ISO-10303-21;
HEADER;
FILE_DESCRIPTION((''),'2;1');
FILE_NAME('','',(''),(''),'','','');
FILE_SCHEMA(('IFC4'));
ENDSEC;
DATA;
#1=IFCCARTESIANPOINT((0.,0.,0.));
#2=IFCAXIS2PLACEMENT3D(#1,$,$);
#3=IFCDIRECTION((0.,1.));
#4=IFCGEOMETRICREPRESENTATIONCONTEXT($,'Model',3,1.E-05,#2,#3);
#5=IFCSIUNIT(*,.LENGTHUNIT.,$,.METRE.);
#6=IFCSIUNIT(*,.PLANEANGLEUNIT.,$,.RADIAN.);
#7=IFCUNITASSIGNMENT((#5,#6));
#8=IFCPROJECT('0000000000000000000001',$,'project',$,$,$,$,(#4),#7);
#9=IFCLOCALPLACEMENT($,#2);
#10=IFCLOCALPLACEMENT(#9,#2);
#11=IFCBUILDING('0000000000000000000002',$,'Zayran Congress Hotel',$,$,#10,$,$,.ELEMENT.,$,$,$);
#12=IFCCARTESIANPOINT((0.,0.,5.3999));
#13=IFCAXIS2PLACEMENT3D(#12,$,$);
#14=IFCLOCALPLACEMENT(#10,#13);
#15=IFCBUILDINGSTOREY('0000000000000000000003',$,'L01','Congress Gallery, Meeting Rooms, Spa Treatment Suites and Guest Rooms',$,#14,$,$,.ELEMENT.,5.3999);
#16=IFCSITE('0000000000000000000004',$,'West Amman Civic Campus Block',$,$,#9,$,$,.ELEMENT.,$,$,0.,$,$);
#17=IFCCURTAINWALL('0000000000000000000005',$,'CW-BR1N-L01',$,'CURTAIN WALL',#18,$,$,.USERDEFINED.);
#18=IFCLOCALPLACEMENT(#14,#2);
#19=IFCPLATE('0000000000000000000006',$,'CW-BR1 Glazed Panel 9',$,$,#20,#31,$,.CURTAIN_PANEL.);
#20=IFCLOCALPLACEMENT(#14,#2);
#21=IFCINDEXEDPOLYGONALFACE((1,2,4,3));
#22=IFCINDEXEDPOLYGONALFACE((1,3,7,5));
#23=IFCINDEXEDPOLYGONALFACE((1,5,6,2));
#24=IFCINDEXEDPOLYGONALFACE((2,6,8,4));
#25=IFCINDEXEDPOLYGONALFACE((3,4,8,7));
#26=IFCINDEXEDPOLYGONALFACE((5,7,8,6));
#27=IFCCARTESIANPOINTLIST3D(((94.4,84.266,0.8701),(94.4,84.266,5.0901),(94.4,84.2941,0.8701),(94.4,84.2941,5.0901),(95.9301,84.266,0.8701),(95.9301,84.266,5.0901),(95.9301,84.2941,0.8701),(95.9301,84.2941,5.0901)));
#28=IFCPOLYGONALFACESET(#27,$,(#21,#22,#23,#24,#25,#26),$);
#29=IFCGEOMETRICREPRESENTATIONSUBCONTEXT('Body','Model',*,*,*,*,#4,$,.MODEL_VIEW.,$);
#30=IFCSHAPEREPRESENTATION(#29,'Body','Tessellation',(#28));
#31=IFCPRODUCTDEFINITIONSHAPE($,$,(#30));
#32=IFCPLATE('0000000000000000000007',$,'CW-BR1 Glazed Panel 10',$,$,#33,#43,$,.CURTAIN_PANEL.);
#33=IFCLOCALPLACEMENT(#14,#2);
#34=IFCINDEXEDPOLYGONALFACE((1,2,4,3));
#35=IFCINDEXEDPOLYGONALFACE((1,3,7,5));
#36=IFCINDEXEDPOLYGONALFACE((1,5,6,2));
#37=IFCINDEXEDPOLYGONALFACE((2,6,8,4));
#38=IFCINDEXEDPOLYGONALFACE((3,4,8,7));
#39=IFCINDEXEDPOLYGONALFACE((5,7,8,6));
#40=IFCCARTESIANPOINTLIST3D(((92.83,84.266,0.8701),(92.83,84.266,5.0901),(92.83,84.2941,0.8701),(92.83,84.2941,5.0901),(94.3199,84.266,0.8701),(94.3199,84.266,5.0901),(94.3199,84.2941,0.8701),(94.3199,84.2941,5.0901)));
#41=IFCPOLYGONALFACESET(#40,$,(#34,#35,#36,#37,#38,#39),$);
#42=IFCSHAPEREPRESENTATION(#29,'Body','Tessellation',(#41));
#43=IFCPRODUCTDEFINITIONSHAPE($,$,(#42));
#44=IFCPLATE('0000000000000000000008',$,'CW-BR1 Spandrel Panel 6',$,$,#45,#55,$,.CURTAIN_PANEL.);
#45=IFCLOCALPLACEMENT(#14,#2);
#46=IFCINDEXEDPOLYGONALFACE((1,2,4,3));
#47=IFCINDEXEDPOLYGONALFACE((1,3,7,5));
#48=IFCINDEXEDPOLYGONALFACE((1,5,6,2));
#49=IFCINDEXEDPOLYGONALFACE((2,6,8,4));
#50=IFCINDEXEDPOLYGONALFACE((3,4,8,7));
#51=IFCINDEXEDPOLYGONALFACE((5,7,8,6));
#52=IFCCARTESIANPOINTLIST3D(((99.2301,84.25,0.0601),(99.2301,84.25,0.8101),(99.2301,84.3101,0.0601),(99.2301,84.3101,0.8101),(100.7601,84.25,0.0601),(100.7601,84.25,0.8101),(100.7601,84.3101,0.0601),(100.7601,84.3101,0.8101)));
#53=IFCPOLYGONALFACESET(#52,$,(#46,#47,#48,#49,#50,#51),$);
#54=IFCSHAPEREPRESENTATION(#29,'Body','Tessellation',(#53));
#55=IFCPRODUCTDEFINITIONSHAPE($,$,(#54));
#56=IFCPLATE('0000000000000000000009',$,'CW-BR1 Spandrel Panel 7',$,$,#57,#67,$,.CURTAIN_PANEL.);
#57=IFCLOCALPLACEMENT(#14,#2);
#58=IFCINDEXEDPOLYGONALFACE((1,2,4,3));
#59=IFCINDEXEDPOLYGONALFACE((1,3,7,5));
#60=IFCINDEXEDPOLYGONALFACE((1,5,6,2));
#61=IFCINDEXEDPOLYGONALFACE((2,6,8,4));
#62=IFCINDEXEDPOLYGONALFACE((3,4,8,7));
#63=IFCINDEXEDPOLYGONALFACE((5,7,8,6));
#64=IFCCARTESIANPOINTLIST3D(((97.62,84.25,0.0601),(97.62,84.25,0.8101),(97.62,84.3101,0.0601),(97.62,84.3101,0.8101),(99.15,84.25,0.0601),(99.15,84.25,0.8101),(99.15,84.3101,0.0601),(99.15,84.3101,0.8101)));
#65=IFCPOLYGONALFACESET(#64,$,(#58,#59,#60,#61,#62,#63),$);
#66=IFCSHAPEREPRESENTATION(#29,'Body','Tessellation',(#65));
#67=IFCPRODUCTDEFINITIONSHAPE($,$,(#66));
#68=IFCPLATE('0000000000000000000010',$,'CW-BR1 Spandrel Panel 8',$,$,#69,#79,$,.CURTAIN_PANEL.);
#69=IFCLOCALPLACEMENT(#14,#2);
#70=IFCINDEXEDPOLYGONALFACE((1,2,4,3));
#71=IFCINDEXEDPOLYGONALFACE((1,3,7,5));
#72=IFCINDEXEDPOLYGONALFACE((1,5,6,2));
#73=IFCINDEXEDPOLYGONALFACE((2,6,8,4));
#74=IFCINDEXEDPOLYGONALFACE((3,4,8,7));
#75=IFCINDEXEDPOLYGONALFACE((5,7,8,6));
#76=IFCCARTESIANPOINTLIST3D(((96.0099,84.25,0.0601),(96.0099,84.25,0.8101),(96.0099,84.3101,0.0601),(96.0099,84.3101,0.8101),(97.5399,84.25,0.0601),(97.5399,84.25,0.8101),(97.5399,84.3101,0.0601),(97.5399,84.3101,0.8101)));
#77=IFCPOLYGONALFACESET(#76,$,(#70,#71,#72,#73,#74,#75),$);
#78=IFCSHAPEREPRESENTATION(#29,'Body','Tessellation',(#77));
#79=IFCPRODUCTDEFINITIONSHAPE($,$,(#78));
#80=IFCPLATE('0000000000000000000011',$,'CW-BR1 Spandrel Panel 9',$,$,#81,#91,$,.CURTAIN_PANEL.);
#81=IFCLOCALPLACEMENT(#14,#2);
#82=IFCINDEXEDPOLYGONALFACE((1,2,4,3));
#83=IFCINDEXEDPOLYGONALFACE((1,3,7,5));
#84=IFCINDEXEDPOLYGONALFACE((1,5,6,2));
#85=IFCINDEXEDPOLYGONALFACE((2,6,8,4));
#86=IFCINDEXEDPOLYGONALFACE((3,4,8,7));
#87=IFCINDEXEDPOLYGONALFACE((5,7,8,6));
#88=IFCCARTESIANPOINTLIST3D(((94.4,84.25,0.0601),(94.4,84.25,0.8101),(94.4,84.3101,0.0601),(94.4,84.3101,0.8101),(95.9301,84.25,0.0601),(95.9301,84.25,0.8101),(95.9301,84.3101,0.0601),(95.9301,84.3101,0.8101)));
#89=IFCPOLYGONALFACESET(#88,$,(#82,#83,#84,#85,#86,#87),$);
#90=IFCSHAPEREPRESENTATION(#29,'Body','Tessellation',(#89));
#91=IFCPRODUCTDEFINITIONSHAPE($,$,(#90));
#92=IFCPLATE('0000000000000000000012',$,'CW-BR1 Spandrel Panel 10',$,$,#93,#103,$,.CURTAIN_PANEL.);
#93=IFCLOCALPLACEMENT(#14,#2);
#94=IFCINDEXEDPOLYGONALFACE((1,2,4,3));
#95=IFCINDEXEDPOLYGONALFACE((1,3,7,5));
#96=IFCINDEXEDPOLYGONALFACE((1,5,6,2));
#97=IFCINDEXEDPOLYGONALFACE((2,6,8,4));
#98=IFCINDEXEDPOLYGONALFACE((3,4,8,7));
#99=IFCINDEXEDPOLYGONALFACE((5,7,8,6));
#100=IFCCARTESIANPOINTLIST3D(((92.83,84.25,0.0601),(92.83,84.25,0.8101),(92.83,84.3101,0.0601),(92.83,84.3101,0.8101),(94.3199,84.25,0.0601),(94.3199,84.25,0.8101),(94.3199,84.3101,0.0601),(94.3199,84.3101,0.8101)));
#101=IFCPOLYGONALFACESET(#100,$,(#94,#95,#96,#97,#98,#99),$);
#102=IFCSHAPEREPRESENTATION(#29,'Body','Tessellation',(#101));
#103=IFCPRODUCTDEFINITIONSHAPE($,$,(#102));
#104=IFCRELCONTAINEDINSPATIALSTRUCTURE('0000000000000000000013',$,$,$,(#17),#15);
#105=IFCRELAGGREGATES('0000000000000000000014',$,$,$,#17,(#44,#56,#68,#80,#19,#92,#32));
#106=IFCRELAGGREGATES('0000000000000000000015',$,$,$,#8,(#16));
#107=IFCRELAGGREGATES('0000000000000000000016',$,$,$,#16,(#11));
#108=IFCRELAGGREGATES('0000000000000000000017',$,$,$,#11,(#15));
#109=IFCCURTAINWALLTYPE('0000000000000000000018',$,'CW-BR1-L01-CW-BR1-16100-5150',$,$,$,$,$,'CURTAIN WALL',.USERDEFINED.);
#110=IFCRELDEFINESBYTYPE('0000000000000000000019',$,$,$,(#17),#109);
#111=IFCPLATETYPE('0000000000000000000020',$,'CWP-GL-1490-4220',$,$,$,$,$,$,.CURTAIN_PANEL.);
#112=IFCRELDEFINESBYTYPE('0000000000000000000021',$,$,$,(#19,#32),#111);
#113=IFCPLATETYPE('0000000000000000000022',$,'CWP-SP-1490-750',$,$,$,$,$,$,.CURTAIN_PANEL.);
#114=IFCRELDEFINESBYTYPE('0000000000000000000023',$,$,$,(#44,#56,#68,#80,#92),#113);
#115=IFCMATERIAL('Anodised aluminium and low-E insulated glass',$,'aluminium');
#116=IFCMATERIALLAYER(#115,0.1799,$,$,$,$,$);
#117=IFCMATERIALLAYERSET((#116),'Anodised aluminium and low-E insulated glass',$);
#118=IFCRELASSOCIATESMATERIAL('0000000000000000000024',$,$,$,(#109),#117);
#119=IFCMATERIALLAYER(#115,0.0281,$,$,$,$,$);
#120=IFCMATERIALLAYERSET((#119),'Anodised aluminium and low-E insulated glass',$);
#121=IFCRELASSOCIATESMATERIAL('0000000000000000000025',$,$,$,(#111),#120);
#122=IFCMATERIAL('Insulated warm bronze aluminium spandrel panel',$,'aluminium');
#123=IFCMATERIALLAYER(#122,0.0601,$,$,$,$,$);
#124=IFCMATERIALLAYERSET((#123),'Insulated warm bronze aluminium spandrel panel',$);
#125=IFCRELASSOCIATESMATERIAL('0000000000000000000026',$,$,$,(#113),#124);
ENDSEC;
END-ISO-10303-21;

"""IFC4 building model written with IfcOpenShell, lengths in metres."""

from ifc_helpers import new_model, si_unit, direction, frame, origin, origin_2d, place, context, subcontext, project, spatial, rectangle, extrude, material, layer, layer_set, type_object, element, aggregate, save


model = new_model("IFC4")

# Units and contexts
model_context = context("Model", 3, precision=1e-05, world=origin(), true_north=direction((0.0, 1.0)))
body_context = subcontext(model_context, "Body", "Model", "MODEL_VIEW")
ifc_project = project(units=[si_unit("LENGTHUNIT", "METRE"), si_unit("PLANEANGLEUNIT", "RADIAN")], contexts=[model_context])

# Site, building, storey
site_placement = place(None, origin())
site = spatial("IfcSite", under=ifc_project, at=site_placement, Name="West Amman Civic Campus Block", CompositionType="ELEMENT", RefElevation=0.0)
building_placement = place(site_placement, origin())
building = spatial("IfcBuilding", under=site, at=building_placement, Name="Zayran Congress Hotel", CompositionType="ELEMENT")
storey_placement = place(building_placement, frame((0.0, 0.0, 5.3999)))
storey = spatial("IfcBuildingStorey", under=building, at=storey_placement, Name="L01", Description="Congress Gallery, Meeting Rooms, Spa Treatment Suites and Guest Rooms", CompositionType="ELEMENT", Elevation=5.3999)

# Curtain wall
ifc_material_1 = material(Name="Anodised aluminium and low-E insulated glass", Category="aluminium")
ifc_layer_1 = layer(ifc_material_1, 0.1799)
ifc_layer_set_1 = layer_set([ifc_layer_1], Name="Anodised aluminium and low-E insulated glass")
curtain_wall_type = type_object("IfcCurtainWallType", Name="CW-BR1-L01-CW-BR1-16100-5150", ElementType="CURTAIN WALL", PredefinedType="USERDEFINED", material=ifc_layer_set_1)
curtain_wall_1_placement = place(storey_placement, origin())
curtain_wall_1 = element("IfcCurtainWall", 1, at=curtain_wall_1_placement, inside=storey, type_object=curtain_wall_type, Name="CW-BR1N-L01", ObjectType="CURTAIN WALL", PredefinedType="USERDEFINED")

# Shared definitions
ifc_layer_2 = layer(ifc_material_1, 0.0281)
ifc_layer_set_2 = layer_set([ifc_layer_2], Name="Anodised aluminium and low-E insulated glass")
plate_type_1 = type_object("IfcPlateType", Name="CWP-GL-1490-4220", PredefinedType="CURTAIN_PANEL", material=ifc_layer_set_2)

# Plates
plate_1_placement = place(storey_placement, frame((95.165, 84.28, 0.8701), z_axis=(0.0, 0.0, 1.0), x_axis=(1.0, 0.0, 0.0)))
plate_1 = element("IfcPlate", 2, at=plate_1_placement, type_object=plate_type_1, Name="CW-BR1 Glazed Panel 9", PredefinedType="CURTAIN_PANEL", context=body_context, shape_type="SweptSolid", body=[
    extrude(rectangle(XDim=1.53, YDim=0.0281, at=origin_2d()), origin(), (0.0, 0.0, 1.0), 4.22),
])
plate_2_placement = place(storey_placement, frame((93.575, 84.28, 0.8701), z_axis=(0.0, 0.0, 1.0), x_axis=(1.0, 0.0, 0.0)))
plate_2 = element("IfcPlate", 3, at=plate_2_placement, type_object=plate_type_1, Name="CW-BR1 Glazed Panel 10", PredefinedType="CURTAIN_PANEL", context=body_context, shape_type="SweptSolid", body=[
    extrude(rectangle(XDim=1.49, YDim=0.0281, at=origin_2d()), origin(), (0.0, 0.0, 1.0), 4.22),
])
ifc_material_2 = material(Name="Insulated warm bronze aluminium spandrel panel", Category="aluminium")
ifc_layer_3 = layer(ifc_material_2, 0.0601)
ifc_layer_set_3 = layer_set([ifc_layer_3], Name="Insulated warm bronze aluminium spandrel panel")
plate_type_2 = type_object("IfcPlateType", Name="CWP-SP-1490-750", PredefinedType="CURTAIN_PANEL", material=ifc_layer_set_3)
plate_3_placement = place(storey_placement, frame((99.9951, 84.28, 0.0601), z_axis=(0.0, 0.0, 1.0), x_axis=(1.0, 0.0, 0.0)))
plate_3 = element("IfcPlate", 4, at=plate_3_placement, type_object=plate_type_2, Name="CW-BR1 Spandrel Panel 6", PredefinedType="CURTAIN_PANEL", context=body_context, shape_type="SweptSolid", body=[
    extrude(rectangle(XDim=1.53, YDim=0.0601, at=origin_2d()), origin(), (0.0, 0.0, 1.0), 0.75),
])
plate_4_placement = place(storey_placement, frame((98.385, 84.28, 0.0601), z_axis=(0.0, 0.0, 1.0), x_axis=(1.0, 0.0, 0.0)))
plate_4 = element("IfcPlate", 5, at=plate_4_placement, type_object=plate_type_2, Name="CW-BR1 Spandrel Panel 7", PredefinedType="CURTAIN_PANEL", context=body_context, shape_type="SweptSolid", body=[
    extrude(rectangle(XDim=1.53, YDim=0.0601, at=origin_2d()), origin(), (0.0, 0.0, 1.0), 0.75),
])
plate_5_placement = place(storey_placement, frame((96.7749, 84.28, 0.0601), z_axis=(0.0, 0.0, 1.0), x_axis=(1.0, 0.0, 0.0)))
plate_5 = element("IfcPlate", 6, at=plate_5_placement, type_object=plate_type_2, Name="CW-BR1 Spandrel Panel 8", PredefinedType="CURTAIN_PANEL", context=body_context, shape_type="SweptSolid", body=[
    extrude(rectangle(XDim=1.53, YDim=0.0601, at=origin_2d()), origin(), (0.0, 0.0, 1.0), 0.75),
])
plate_6_placement = place(storey_placement, frame((95.165, 84.28, 0.0601), z_axis=(0.0, 0.0, 1.0), x_axis=(1.0, 0.0, 0.0)))
plate_6 = element("IfcPlate", 7, at=plate_6_placement, type_object=plate_type_2, Name="CW-BR1 Spandrel Panel 9", PredefinedType="CURTAIN_PANEL", context=body_context, shape_type="SweptSolid", body=[
    extrude(rectangle(XDim=1.53, YDim=0.0601, at=origin_2d()), origin(), (0.0, 0.0, 1.0), 0.75),
])
plate_7_placement = place(storey_placement, frame((93.575, 84.28, 0.0601), z_axis=(0.0, 0.0, 1.0), x_axis=(1.0, 0.0, 0.0)))
plate_7 = element("IfcPlate", 8, at=plate_7_placement, type_object=plate_type_2, Name="CW-BR1 Spandrel Panel 10", PredefinedType="CURTAIN_PANEL", context=body_context, shape_type="SweptSolid", body=[
    extrude(rectangle(XDim=1.49, YDim=0.0601, at=origin_2d()), origin(), (0.0, 0.0, 1.0), 0.75),
])
aggregate(curtain_wall_1, [plate_3, plate_4, plate_5, plate_6, plate_1, plate_7, plate_2])

save(model, "model.ifc")
